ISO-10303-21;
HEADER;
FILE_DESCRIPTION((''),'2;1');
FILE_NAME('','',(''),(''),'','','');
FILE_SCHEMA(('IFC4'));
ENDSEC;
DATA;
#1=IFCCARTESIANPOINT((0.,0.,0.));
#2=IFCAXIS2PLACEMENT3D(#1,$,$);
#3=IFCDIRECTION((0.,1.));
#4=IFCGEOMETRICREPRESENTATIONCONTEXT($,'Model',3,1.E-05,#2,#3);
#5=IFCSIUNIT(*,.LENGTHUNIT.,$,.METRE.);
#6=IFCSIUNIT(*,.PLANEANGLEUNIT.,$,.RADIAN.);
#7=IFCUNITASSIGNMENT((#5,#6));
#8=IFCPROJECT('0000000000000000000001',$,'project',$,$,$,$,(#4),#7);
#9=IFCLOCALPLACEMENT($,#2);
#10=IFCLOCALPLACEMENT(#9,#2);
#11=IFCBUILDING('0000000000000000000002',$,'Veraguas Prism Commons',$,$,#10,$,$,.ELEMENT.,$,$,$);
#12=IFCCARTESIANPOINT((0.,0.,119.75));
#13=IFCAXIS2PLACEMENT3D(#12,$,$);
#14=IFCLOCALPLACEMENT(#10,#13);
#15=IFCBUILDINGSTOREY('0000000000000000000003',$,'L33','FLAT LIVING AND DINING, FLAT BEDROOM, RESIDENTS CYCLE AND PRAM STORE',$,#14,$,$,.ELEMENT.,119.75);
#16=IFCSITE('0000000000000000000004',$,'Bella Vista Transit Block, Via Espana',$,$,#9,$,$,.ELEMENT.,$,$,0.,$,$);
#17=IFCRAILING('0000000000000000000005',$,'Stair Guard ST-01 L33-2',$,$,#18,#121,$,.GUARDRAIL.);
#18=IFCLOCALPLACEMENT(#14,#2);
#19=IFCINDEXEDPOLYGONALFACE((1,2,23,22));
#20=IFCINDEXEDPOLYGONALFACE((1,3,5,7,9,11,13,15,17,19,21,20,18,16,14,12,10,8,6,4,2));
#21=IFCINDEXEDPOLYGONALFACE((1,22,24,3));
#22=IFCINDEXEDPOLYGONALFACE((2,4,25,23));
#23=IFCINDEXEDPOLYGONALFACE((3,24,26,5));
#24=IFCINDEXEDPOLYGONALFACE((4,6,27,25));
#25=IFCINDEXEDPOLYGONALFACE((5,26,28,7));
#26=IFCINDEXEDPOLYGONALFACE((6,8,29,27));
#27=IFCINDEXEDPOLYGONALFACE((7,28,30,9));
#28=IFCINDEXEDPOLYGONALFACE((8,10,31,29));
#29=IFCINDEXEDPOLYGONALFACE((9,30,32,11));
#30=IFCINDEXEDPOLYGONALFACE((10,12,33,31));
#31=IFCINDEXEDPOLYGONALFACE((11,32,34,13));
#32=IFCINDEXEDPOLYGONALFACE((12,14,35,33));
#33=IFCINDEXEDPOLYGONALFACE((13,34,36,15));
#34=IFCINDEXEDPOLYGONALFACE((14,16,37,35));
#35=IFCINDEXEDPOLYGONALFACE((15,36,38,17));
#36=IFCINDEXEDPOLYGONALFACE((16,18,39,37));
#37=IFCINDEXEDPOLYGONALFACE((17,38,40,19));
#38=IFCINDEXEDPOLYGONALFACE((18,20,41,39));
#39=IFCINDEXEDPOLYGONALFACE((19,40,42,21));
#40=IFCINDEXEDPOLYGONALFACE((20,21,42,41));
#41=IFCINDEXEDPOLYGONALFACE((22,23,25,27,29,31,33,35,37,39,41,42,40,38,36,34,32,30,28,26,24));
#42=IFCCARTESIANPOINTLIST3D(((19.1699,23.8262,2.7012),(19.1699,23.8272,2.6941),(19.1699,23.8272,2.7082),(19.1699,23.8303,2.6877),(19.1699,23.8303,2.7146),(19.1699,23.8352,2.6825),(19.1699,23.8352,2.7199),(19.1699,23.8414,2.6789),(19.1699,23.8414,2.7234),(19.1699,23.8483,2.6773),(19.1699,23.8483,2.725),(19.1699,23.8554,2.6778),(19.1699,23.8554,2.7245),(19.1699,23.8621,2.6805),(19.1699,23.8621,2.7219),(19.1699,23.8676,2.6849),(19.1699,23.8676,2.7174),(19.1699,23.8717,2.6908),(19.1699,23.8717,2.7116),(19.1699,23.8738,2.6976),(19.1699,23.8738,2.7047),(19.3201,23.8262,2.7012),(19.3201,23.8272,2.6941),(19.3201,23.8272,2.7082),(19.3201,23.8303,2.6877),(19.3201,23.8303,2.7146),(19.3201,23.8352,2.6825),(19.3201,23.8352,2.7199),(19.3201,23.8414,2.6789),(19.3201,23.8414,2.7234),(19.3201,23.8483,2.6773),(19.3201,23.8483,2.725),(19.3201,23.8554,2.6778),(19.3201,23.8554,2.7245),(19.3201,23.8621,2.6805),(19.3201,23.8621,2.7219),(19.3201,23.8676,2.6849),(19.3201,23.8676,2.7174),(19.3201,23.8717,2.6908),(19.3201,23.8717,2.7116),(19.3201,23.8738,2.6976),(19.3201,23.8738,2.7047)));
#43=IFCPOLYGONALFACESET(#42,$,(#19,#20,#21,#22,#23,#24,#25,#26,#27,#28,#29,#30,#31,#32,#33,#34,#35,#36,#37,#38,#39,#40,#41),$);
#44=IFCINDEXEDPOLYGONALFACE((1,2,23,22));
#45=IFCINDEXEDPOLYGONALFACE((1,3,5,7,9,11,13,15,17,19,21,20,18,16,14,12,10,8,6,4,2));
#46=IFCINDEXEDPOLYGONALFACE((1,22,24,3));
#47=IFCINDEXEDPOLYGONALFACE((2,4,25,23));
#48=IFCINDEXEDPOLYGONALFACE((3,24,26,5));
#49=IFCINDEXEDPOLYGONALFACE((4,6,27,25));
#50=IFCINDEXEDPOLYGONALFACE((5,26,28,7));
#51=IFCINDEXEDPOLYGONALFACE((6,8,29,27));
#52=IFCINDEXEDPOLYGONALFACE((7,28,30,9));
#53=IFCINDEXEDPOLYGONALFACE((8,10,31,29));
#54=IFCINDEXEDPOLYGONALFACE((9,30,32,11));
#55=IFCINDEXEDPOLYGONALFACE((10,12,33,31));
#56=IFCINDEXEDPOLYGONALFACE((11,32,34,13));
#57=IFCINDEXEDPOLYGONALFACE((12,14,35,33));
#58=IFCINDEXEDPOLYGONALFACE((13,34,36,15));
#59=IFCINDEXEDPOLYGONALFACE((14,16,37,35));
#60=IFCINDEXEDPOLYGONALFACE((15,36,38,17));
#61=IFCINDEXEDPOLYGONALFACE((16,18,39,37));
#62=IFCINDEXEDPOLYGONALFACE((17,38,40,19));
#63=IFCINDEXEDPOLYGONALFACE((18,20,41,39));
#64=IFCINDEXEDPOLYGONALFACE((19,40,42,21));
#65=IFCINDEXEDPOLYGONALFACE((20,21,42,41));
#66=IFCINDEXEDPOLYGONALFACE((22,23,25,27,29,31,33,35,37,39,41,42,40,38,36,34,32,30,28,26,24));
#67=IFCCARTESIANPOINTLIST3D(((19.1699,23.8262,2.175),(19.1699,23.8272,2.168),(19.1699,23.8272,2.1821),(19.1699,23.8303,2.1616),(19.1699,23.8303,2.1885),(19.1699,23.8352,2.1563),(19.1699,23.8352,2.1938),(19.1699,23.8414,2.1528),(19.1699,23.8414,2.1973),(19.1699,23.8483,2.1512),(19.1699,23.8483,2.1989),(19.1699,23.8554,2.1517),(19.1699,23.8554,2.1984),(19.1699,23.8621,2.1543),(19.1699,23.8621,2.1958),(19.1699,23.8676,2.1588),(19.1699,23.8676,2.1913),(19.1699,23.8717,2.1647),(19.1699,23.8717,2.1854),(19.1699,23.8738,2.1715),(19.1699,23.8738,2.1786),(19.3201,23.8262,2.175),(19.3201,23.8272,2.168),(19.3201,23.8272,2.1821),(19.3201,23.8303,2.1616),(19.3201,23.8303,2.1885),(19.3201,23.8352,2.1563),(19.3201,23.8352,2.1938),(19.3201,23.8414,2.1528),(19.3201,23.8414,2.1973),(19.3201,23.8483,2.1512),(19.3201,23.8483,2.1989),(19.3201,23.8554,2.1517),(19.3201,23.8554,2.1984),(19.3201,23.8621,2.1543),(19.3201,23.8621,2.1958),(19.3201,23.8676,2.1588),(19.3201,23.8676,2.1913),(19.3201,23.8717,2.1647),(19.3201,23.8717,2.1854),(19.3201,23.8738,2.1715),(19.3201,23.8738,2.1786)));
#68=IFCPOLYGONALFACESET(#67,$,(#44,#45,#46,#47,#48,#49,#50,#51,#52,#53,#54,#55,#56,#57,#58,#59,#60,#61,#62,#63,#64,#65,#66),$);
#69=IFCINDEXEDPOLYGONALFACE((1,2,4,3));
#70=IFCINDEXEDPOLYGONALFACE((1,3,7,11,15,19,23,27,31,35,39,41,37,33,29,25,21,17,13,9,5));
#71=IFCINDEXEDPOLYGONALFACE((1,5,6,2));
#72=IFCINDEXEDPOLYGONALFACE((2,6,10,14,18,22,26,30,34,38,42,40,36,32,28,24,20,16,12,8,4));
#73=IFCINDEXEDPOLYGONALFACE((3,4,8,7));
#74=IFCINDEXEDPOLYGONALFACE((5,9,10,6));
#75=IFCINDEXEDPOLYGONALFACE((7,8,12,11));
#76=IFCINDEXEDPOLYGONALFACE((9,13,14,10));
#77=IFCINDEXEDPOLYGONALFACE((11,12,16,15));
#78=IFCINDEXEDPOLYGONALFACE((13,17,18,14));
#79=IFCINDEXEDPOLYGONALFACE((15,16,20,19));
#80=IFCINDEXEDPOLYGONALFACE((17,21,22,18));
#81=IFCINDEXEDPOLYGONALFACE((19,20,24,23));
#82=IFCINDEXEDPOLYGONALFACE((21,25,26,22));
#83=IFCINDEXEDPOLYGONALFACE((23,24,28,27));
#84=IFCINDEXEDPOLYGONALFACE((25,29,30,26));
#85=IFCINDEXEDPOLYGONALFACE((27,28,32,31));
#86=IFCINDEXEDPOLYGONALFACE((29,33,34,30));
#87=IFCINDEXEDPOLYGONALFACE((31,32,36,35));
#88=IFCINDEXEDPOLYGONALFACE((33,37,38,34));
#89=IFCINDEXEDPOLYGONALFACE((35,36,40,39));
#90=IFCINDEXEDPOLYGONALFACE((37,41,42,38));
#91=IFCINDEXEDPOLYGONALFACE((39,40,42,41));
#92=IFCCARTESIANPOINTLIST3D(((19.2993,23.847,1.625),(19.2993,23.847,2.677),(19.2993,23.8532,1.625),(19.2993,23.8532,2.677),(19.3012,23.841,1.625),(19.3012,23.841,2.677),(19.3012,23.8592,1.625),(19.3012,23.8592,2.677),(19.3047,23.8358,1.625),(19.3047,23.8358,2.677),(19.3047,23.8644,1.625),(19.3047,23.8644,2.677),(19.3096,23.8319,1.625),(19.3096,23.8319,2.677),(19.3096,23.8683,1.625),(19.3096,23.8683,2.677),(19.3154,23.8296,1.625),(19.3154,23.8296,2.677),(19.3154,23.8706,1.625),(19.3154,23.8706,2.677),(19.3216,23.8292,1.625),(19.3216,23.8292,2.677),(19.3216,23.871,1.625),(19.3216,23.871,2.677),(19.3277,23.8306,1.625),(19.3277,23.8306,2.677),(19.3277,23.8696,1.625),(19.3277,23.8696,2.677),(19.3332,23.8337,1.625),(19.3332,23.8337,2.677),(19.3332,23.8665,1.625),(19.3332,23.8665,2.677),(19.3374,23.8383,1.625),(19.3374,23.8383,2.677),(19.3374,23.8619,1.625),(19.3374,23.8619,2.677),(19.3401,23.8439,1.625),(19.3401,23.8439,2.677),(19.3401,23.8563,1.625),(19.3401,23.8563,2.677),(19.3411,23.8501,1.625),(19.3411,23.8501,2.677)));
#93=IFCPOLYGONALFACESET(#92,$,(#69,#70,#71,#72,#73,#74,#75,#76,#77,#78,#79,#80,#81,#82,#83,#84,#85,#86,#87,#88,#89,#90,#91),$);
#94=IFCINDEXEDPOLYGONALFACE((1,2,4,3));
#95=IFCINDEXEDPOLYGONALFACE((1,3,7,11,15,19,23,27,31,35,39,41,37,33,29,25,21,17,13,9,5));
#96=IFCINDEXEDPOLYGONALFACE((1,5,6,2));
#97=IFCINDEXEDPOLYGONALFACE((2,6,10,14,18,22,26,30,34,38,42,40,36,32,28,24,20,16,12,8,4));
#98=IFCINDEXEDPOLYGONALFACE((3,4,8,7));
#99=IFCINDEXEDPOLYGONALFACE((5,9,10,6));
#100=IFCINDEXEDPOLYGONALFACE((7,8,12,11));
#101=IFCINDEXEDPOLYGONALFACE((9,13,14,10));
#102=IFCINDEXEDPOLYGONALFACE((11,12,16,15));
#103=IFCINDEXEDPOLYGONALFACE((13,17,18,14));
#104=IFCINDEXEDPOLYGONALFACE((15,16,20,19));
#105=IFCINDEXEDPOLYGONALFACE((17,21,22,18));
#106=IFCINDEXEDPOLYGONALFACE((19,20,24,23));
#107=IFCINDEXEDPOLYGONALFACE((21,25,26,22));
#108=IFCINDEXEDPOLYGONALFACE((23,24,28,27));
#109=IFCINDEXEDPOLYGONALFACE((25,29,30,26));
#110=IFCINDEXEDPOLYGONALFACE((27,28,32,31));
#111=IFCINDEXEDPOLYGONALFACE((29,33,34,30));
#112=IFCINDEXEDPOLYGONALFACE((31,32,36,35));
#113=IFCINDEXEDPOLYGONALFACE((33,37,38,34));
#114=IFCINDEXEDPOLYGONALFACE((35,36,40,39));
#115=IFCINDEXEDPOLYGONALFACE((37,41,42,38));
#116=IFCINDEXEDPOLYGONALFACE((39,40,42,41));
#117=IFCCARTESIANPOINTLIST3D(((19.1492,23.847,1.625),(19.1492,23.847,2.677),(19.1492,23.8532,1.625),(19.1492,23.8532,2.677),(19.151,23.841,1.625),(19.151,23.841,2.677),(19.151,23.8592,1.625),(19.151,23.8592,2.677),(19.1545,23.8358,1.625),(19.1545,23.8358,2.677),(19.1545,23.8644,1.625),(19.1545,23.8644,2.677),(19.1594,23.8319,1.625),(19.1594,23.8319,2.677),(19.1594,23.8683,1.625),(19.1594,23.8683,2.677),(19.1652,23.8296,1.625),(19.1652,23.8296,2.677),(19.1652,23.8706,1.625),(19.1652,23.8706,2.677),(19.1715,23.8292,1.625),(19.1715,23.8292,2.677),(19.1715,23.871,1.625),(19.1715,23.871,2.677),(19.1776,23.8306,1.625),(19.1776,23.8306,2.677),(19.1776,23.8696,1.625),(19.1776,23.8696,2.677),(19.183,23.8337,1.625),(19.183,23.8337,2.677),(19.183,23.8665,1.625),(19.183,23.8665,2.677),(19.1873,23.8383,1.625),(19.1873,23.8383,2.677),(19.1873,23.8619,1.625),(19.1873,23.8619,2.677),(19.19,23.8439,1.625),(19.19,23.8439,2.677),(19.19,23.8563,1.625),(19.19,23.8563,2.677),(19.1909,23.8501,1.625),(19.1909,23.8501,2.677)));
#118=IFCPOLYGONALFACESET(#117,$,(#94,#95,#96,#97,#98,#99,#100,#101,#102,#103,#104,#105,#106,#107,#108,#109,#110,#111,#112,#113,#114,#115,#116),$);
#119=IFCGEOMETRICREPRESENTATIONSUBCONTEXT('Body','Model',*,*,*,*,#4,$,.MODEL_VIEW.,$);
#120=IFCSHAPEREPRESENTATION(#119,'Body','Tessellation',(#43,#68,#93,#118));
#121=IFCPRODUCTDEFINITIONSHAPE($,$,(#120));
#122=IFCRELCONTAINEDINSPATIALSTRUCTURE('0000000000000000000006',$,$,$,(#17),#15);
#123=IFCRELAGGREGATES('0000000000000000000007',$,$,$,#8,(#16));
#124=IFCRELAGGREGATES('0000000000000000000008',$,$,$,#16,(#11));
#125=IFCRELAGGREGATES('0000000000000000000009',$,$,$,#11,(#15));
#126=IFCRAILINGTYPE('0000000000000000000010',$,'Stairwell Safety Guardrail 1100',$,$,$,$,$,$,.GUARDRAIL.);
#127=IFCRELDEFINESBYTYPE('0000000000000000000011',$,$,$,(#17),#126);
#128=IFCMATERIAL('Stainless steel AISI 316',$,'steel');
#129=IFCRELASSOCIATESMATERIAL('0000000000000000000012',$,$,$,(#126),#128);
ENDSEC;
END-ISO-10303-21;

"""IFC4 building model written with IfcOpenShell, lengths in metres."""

from ifc_helpers import new_model, si_unit, direction, frame, origin, origin_2d, place, context, subcontext, project, spatial, circle, extrude, material, type_object, element, save


model = new_model("IFC4")

# Units and contexts
model_context = context("Model", 3, precision=1e-05, world=origin(), true_north=direction((0.0, 1.0)))
body_context = subcontext(model_context, "Body", "Model", "MODEL_VIEW")
ifc_project = project(units=[si_unit("LENGTHUNIT", "METRE"), si_unit("PLANEANGLEUNIT", "RADIAN")], contexts=[model_context])

# Site, building, storey
site_placement = place(None, origin())
site = spatial("IfcSite", under=ifc_project, at=site_placement, Name="Bella Vista Transit Block, Via Espana", CompositionType="ELEMENT", RefElevation=0.0)
building_placement = place(site_placement, origin())
building = spatial("IfcBuilding", under=site, at=building_placement, Name="Veraguas Prism Commons", CompositionType="ELEMENT")
storey_placement = place(building_placement, frame((0.0, 0.0, 119.75)))
storey = spatial("IfcBuildingStorey", under=building, at=storey_placement, Name="L33", Description="FLAT LIVING AND DINING, FLAT BEDROOM, RESIDENTS CYCLE AND PRAM STORE", CompositionType="ELEMENT", Elevation=119.75)

# Railing
ifc_material_1 = material(Name="Stainless steel AISI 316", Category="steel")
railing_type_1 = type_object("IfcRailingType", Name="Stairwell Safety Guardrail 1100", PredefinedType="GUARDRAIL", material=ifc_material_1)
railing_1_placement = place(storey_placement, frame((19.3201, 23.8501, 1.625)))
element("IfcRailing", 1, at=railing_1_placement, inside=storey, type_object=railing_type_1, Name="Stair Guard ST-01 L33-2", PredefinedType="GUARDRAIL", context=body_context, shape_type="SweptSolid", body=[
    extrude(circle(Radius=0.0239, at=origin_2d()), frame((0.0, 0.0, 1.0762), z_axis=(-1.0, 0.0, 0.0), x_axis=(0.0, -1.0, 0.0)), (0.0, 0.0, 1.0), 0.1501),
    extrude(circle(Radius=0.0239, at=origin_2d()), frame((0.0, 0.0, 0.55), z_axis=(-1.0, 0.0, 0.0), x_axis=(0.0, -1.0, 0.0)), (0.0, 0.0, 1.0), 0.1501),
    extrude(circle(Radius=0.021, at=origin_2d()), origin(), (0.0, 0.0, 1.0), 1.052),
    extrude(circle(Radius=0.021, at=origin_2d()), frame((-0.1501, 0.0, 0.0)), (0.0, 0.0, 1.0), 1.052),
])

save(model, "model.ifc")
